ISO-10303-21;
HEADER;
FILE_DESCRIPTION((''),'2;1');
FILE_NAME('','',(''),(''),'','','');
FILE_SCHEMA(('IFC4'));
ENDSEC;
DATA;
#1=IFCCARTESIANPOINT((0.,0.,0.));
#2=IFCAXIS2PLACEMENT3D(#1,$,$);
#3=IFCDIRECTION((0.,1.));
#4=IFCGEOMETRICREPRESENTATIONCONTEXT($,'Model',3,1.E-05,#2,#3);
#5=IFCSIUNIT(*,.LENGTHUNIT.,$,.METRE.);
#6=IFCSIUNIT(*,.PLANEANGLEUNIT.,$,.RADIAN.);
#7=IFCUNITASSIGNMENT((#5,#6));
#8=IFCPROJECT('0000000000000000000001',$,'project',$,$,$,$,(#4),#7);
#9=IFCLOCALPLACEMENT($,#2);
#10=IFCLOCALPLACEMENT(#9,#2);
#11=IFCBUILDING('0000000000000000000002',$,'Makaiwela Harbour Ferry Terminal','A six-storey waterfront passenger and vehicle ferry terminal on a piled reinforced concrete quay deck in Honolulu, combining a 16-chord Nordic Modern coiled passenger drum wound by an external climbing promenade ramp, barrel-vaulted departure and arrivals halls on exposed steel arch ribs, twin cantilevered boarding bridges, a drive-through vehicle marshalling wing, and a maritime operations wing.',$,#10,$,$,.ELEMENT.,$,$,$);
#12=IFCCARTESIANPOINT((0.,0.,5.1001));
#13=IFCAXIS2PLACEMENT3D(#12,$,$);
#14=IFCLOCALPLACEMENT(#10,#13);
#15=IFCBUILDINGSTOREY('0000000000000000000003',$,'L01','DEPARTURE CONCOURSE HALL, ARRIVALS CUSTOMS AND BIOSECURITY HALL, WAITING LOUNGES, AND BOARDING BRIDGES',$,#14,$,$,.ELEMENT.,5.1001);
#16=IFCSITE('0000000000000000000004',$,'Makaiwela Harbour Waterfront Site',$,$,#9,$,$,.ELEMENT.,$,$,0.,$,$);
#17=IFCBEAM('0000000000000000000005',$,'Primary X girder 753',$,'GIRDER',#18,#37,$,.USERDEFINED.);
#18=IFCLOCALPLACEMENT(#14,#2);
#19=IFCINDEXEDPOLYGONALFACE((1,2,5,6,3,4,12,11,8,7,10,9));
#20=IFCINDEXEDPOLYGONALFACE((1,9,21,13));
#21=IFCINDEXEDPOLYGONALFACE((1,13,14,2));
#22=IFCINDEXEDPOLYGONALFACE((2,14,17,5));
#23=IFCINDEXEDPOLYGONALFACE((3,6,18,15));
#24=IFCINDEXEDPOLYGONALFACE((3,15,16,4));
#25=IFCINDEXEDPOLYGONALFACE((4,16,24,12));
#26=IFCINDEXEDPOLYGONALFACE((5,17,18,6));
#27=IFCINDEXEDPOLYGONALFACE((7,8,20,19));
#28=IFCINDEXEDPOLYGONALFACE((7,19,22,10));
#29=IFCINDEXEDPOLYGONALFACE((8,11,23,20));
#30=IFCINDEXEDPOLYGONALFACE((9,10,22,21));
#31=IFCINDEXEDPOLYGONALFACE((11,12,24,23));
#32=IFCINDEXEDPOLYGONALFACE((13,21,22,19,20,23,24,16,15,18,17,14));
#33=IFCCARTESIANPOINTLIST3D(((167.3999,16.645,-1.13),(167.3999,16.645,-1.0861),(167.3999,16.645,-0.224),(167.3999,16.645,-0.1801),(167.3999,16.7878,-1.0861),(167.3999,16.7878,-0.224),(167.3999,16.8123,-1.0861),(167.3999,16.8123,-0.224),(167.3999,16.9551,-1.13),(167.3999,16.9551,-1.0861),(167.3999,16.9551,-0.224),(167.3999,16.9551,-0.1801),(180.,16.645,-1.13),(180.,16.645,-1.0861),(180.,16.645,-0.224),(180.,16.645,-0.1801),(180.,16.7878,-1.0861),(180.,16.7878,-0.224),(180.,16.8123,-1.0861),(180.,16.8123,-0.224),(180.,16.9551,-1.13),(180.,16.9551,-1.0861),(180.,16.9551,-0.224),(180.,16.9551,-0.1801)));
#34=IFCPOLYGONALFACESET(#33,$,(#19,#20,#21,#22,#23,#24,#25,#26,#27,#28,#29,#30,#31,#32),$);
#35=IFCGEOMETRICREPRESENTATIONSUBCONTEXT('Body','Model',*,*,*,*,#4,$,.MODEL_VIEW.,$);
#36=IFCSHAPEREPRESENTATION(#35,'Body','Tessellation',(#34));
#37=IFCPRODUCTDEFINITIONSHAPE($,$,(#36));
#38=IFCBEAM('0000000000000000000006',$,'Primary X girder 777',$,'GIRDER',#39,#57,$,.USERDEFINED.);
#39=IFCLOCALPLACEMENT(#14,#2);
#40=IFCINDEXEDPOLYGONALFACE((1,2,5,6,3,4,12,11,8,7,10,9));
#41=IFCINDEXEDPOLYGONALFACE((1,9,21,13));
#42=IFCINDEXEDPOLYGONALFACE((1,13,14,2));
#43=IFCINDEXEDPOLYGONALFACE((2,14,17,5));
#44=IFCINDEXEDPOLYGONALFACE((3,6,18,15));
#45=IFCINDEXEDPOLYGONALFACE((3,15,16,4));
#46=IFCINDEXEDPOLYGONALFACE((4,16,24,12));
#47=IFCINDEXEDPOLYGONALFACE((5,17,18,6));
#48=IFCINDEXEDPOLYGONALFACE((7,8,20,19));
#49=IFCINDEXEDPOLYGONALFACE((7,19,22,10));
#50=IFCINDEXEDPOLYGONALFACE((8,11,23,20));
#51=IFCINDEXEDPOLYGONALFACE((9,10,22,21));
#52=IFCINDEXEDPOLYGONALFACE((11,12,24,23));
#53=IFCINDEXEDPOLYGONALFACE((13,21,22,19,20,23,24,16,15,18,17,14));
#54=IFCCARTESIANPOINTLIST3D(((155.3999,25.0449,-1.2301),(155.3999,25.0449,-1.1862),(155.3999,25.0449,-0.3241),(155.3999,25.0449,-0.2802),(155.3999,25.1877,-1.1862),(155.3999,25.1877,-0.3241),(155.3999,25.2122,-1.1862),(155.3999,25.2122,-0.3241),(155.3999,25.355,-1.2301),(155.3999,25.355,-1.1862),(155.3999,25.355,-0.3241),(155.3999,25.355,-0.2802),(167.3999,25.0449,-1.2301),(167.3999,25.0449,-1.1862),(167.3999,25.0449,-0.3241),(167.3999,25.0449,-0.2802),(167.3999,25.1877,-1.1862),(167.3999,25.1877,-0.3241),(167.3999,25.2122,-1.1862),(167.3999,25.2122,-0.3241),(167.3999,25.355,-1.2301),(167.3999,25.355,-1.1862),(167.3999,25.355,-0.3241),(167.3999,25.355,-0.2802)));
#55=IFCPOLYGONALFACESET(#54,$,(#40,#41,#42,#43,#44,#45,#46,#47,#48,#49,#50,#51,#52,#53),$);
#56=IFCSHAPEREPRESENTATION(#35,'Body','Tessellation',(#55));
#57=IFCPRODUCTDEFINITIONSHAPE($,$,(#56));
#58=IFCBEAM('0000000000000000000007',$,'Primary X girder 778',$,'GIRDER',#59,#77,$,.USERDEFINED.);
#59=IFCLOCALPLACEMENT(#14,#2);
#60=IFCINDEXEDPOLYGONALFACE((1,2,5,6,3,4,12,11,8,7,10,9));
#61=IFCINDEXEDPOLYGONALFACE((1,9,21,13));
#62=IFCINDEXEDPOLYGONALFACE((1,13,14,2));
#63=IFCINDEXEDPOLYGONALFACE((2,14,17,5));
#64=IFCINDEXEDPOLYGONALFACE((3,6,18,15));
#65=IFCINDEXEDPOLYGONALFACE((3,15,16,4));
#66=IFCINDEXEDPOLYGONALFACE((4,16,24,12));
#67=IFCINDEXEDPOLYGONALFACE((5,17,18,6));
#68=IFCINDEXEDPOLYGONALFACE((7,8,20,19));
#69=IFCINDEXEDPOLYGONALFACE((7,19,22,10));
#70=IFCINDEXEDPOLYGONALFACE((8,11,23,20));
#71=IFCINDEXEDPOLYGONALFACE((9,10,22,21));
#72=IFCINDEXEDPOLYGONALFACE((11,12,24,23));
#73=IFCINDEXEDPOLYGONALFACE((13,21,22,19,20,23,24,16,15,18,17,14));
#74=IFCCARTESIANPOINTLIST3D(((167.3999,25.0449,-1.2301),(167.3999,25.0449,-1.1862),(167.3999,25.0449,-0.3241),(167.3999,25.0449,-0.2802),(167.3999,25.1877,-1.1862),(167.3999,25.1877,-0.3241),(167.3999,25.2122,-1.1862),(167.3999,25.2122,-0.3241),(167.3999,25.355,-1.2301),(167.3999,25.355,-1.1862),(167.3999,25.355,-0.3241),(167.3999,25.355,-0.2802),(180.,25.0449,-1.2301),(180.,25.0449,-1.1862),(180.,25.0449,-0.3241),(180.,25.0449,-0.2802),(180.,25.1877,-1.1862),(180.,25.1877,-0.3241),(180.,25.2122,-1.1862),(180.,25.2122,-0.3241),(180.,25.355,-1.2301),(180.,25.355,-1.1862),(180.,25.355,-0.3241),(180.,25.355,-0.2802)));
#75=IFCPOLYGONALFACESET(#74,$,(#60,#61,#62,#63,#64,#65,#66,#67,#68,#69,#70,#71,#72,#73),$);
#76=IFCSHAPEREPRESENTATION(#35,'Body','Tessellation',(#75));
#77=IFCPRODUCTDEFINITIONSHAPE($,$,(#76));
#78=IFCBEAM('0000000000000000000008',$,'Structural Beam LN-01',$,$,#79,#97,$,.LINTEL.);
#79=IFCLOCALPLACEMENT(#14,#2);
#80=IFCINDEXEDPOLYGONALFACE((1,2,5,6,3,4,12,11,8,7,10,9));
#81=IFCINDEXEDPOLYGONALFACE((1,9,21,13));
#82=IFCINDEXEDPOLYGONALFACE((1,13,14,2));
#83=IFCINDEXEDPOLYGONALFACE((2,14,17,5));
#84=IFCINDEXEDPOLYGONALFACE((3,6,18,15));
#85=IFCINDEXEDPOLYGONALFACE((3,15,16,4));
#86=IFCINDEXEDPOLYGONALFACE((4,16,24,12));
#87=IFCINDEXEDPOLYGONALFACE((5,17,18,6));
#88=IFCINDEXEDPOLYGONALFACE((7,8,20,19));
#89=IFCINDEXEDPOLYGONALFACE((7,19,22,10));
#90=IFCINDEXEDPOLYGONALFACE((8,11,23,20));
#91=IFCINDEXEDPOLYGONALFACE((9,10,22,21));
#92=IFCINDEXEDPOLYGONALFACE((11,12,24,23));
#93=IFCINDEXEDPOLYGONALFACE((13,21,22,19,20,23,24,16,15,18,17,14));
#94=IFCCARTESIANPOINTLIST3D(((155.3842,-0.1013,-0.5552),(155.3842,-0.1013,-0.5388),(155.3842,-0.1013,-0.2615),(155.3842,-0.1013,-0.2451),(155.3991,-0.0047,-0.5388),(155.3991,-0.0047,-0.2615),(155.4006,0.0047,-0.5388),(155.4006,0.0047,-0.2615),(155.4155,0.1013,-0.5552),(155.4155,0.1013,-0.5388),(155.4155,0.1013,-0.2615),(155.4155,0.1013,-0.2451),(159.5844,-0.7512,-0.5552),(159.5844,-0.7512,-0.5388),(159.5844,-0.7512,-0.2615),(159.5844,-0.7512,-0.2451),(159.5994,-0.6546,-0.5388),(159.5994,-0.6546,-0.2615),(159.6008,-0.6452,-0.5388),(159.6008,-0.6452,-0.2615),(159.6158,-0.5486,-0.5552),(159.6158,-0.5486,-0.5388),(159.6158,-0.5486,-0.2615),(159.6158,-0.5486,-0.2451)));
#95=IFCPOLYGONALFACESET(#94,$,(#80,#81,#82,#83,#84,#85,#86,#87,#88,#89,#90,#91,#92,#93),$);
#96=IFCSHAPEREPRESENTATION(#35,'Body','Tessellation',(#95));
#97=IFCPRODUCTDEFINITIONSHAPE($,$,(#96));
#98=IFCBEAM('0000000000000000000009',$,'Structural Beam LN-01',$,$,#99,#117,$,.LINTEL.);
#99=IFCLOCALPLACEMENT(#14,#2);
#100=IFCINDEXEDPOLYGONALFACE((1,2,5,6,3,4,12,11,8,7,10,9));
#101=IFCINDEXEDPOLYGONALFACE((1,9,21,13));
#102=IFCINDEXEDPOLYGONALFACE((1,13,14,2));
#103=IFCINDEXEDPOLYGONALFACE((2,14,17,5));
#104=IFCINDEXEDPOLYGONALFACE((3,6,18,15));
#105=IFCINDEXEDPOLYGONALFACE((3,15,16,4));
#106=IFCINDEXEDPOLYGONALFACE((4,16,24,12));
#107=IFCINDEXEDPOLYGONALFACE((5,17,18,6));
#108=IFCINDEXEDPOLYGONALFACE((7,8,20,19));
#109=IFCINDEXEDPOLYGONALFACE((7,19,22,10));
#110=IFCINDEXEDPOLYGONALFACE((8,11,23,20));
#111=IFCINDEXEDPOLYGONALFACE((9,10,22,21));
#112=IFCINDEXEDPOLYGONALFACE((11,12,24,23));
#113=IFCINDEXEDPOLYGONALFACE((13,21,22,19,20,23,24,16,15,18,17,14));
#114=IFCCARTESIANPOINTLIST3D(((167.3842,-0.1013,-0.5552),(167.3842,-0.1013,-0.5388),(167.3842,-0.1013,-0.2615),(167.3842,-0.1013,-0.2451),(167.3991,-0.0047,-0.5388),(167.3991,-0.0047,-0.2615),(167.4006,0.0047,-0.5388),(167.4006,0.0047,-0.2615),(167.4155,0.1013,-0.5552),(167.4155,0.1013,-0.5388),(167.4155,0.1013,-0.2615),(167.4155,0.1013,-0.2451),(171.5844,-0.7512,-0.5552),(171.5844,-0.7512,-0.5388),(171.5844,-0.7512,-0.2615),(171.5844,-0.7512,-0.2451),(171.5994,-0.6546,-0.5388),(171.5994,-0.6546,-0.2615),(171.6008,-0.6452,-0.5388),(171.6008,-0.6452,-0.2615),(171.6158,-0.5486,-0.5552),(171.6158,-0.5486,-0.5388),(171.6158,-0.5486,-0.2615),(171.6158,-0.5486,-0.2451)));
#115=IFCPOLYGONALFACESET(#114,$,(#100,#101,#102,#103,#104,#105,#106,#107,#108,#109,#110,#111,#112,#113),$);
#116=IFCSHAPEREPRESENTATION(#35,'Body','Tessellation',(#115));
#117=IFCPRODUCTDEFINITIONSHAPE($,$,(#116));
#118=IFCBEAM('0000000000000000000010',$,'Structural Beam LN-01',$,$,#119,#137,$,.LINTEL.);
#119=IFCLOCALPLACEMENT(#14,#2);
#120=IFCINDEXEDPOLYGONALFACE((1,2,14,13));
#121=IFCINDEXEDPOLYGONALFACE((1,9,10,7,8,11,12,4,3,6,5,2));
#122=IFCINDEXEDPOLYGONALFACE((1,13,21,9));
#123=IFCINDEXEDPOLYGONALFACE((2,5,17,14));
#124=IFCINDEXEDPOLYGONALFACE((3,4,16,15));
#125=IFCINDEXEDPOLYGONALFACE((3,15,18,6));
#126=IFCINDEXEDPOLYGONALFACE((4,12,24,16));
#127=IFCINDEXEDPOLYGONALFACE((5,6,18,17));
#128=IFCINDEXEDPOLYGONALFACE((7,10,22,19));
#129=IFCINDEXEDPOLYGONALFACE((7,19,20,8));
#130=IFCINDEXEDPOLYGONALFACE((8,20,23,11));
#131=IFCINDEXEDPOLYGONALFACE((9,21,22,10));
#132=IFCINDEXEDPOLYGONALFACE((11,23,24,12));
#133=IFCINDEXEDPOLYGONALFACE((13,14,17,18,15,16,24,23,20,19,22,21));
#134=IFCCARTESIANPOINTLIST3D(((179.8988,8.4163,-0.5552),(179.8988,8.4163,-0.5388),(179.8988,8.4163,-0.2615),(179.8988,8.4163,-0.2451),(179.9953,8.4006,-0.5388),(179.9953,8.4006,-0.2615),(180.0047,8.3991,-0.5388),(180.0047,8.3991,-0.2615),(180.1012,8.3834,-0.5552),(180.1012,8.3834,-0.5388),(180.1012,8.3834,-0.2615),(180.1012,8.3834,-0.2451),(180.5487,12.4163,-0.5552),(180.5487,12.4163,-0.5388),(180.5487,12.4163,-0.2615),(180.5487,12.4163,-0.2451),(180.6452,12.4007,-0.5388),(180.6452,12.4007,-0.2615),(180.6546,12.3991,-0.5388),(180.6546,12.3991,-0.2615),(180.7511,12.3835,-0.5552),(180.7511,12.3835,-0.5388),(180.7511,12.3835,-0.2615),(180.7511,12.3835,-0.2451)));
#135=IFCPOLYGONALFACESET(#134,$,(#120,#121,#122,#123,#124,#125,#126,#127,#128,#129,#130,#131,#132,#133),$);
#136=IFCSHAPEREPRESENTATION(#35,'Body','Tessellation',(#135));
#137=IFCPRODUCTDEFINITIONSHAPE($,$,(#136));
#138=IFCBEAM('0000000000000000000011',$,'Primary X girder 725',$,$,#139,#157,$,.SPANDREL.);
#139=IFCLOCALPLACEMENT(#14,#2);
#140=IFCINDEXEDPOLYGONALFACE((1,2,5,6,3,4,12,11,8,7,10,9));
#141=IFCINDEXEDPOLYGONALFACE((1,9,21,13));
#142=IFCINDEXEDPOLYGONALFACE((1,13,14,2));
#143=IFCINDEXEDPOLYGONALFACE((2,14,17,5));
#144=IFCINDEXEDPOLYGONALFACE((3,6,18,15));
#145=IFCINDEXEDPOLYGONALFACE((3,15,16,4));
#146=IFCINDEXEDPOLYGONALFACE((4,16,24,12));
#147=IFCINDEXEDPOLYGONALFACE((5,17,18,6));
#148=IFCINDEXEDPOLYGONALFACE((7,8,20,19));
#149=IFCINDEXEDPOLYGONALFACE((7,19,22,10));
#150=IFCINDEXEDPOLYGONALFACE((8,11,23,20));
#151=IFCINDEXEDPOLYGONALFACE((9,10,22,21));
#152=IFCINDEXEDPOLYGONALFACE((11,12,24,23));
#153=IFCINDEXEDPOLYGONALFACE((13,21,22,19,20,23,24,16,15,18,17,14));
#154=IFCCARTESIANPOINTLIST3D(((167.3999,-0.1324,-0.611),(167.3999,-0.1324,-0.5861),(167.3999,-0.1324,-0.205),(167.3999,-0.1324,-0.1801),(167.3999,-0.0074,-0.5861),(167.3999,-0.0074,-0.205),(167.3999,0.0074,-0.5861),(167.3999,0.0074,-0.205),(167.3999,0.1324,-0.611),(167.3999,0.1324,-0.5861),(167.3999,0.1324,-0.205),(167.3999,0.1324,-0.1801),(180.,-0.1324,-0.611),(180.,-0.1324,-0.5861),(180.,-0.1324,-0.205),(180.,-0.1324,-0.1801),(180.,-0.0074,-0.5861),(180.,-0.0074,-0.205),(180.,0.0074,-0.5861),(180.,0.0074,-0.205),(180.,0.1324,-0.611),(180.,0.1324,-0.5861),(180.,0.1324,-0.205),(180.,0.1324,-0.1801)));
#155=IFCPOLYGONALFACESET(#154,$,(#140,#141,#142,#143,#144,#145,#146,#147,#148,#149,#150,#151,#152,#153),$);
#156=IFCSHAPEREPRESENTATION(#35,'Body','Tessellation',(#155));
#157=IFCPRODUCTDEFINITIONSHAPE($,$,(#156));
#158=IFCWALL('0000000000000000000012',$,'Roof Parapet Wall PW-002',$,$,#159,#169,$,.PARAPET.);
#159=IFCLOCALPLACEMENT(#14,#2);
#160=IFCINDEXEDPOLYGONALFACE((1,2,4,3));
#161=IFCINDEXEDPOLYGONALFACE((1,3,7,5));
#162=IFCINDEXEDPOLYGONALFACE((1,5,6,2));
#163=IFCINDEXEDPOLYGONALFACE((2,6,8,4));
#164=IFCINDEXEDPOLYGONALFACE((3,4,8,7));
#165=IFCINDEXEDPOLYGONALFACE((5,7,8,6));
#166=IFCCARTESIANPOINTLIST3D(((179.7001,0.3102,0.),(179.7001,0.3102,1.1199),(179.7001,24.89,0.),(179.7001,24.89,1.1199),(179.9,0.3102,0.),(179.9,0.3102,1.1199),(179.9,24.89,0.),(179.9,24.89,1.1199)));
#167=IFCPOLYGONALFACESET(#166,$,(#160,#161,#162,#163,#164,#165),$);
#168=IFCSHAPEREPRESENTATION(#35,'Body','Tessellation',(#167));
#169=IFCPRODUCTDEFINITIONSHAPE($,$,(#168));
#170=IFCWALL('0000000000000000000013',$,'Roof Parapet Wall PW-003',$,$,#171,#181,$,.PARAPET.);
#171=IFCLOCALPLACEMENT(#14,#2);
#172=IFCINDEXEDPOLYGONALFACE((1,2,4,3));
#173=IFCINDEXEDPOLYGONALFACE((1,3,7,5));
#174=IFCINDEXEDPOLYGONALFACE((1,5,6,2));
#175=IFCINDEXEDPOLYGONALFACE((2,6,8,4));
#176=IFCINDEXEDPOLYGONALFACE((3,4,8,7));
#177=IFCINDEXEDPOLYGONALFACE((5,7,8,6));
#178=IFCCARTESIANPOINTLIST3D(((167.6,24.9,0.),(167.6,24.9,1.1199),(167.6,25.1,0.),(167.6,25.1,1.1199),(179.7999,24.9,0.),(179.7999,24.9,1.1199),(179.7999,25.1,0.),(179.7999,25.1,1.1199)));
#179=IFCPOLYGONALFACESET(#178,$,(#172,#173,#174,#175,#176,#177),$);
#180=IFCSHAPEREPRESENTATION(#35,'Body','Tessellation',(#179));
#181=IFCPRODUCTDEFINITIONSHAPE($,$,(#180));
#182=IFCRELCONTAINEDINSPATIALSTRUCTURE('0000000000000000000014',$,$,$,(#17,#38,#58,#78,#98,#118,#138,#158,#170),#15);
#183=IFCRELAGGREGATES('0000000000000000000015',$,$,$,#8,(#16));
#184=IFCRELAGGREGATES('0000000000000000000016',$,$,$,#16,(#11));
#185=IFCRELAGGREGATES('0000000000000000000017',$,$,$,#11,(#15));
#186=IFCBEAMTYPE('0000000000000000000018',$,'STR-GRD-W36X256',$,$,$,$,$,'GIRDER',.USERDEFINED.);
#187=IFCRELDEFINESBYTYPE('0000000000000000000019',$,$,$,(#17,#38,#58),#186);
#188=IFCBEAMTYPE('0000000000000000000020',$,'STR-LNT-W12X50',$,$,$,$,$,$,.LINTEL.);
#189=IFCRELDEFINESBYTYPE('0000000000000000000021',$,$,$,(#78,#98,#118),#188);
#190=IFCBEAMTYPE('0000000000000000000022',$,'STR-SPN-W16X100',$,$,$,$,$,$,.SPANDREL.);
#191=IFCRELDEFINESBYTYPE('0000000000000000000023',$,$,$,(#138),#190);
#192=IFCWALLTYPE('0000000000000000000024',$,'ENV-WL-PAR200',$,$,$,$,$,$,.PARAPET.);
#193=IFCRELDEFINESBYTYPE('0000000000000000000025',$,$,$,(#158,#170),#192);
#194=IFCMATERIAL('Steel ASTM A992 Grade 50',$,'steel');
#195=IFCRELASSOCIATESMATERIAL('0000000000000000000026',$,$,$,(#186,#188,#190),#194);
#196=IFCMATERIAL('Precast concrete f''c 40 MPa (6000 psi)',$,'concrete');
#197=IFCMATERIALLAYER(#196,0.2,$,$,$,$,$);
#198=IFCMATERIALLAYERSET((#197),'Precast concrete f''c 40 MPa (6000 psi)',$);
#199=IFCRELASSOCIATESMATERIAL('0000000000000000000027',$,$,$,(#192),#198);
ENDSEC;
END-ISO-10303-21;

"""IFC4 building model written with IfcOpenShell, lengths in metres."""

from ifc_helpers import new_model, si_unit, direction, frame, frame_2d, origin, origin_2d, place, context, subcontext, project, spatial, rectangle, i_section, extrude, material, layer, layer_set, material_profile, profile_set, type_object, element, save


model = new_model("IFC4")

# Units and contexts
model_context = context("Model", 3, precision=1e-05, world=origin(), true_north=direction((0.0, 1.0)))
body_context = subcontext(model_context, "Body", "Model", "MODEL_VIEW")
ifc_project = project(units=[si_unit("LENGTHUNIT", "METRE"), si_unit("PLANEANGLEUNIT", "RADIAN")], contexts=[model_context])

# Site, building, storey
site_placement = place(None, origin())
site = spatial("IfcSite", under=ifc_project, at=site_placement, Name="Makaiwela Harbour Waterfront Site", CompositionType="ELEMENT", RefElevation=0.0)
building_placement = place(site_placement, origin())
building = spatial("IfcBuilding", under=site, at=building_placement, Name="Makaiwela Harbour Ferry Terminal", Description="A six-storey waterfront passenger and vehicle ferry terminal on a piled reinforced concrete quay deck in Honolulu, combining a 16-chord Nordic Modern coiled passenger drum wound by an external climbing promenade ramp, barrel-vaulted departure and arrivals halls on exposed steel arch ribs, twin cantilevered boarding bridges, a drive-through vehicle marshalling wing, and a maritime operations wing.", CompositionType="ELEMENT")
storey_placement = place(building_placement, frame((0.0, 0.0, 5.1001)))
storey = spatial("IfcBuildingStorey", under=building, at=storey_placement, Name="L01", Description="DEPARTURE CONCOURSE HALL, ARRIVALS CUSTOMS AND BIOSECURITY HALL, WAITING LOUNGES, AND BOARDING BRIDGES", CompositionType="ELEMENT", Elevation=5.1001)

# Shared definitions
ifc_material_1 = material(Name="Steel ASTM A992 Grade 50", Category="steel")

# Beams
ifc_material_profile_1 = material_profile(ifc_material_1, i_section(OverallWidth=0.3101, OverallDepth=0.95, WebThickness=0.0244, FlangeThickness=0.0439, at=origin_2d()), Name="W36X256")
ifc_profile_set_1 = profile_set([ifc_material_profile_1], Name="Steel ASTM A992 Grade 50")
beam_type_1 = type_object("IfcBeamType", Name="STR-GRD-W36X256", ElementType="GIRDER", PredefinedType="USERDEFINED", material=ifc_profile_set_1)
beam_1_placement = place(storey_placement, frame((167.3999, 16.8, -0.655), z_axis=(1.0, 0.0, 0.0), x_axis=(0.0, 1.0, 0.0)))
element("IfcBeam", 1, at=beam_1_placement, inside=storey, type_object=beam_type_1, Name="Primary X girder 753", ObjectType="GIRDER", PredefinedType="USERDEFINED", context=body_context, shape_type="SweptSolid", body=[
    extrude(i_section(OverallWidth=0.3101, OverallDepth=0.95, WebThickness=0.0244, FlangeThickness=0.0439, at=origin_2d()), origin(), (0.0, 0.0, 1.0), 12.6001),
])
beam_2_placement = place(storey_placement, frame((155.3999, 25.2, -0.7551), z_axis=(1.0, 0.0, 0.0), x_axis=(0.0, 1.0, 0.0)))
element("IfcBeam", 2, at=beam_2_placement, inside=storey, type_object=beam_type_1, Name="Primary X girder 777", ObjectType="GIRDER", PredefinedType="USERDEFINED", context=body_context, shape_type="SweptSolid", body=[
    extrude(i_section(OverallWidth=0.3101, OverallDepth=0.95, WebThickness=0.0244, FlangeThickness=0.0439, at=origin_2d()), origin(), (0.0, 0.0, 1.0), 12.0),
])
beam_3_placement = place(storey_placement, frame((167.3999, 25.2, -0.7551), z_axis=(1.0, 0.0, 0.0), x_axis=(0.0, 1.0, 0.0)))
element("IfcBeam", 3, at=beam_3_placement, inside=storey, type_object=beam_type_1, Name="Primary X girder 778", ObjectType="GIRDER", PredefinedType="USERDEFINED", context=body_context, shape_type="SweptSolid", body=[
    extrude(i_section(OverallWidth=0.3101, OverallDepth=0.95, WebThickness=0.0244, FlangeThickness=0.0439, at=origin_2d()), origin(), (0.0, 0.0, 1.0), 12.6001),
])
ifc_material_profile_2 = material_profile(ifc_material_1, i_section(OverallWidth=0.2051, OverallDepth=0.3101, WebThickness=0.0095, FlangeThickness=0.0164, at=origin_2d()), Name="W12X50")
ifc_profile_set_2 = profile_set([ifc_material_profile_2], Name="Steel ASTM A992 Grade 50")
beam_type_2 = type_object("IfcBeamType", Name="STR-LNT-W12X50", PredefinedType="LINTEL", material=ifc_profile_set_2)
for number, where, z_axis, x_axis, name in (
    (4, (159.6001, -0.6499, -0.4001), (-0.98824, 0.152912, 0.0), (-0.152912, -0.98824, 0.0), "Structural Beam LN-01"),
    (5, (171.6001, -0.6499, -0.4001), (-0.98824, 0.152912, 0.0), (-0.152912, -0.98824, 0.0), "Structural Beam LN-01"),
):
    element("IfcBeam", number, at=place(storey_placement, frame(where, z_axis=z_axis, x_axis=x_axis)), inside=storey, type_object=beam_type_2, Name=name, PredefinedType="LINTEL", context=body_context, shape_type="SweptSolid", body=[
        extrude(i_section(OverallWidth=0.2051, OverallDepth=0.3101, WebThickness=0.0095, FlangeThickness=0.0164, at=origin_2d()), origin(), (0.0, 0.0, 1.0), 4.2502),
    ])
beam_4_placement = place(storey_placement, frame((180.6499, 12.3999, -0.4001), z_axis=(-0.160373, -0.987057, 0.0), x_axis=(0.987057, -0.160373, 0.0)))
element("IfcBeam", 6, at=beam_4_placement, inside=storey, type_object=beam_type_2, Name="Structural Beam LN-01", PredefinedType="LINTEL", context=body_context, shape_type="SweptSolid", body=[
    extrude(i_section(OverallWidth=0.2051, OverallDepth=0.3101, WebThickness=0.0095, FlangeThickness=0.0164, at=origin_2d()), origin(), (0.0, 0.0, 1.0), 4.0525),
])
ifc_material_profile_3 = material_profile(ifc_material_1, i_section(OverallWidth=0.2649, OverallDepth=0.4309, WebThickness=0.0149, FlangeThickness=0.0249, at=origin_2d()), Name="W16X100")
ifc_profile_set_3 = profile_set([ifc_material_profile_3], Name="Steel ASTM A992 Grade 50")
beam_type_3 = type_object("IfcBeamType", Name="STR-SPN-W16X100", PredefinedType="SPANDREL", material=ifc_profile_set_3)
beam_5_placement = place(storey_placement, frame((167.3999, 0.0, -0.3955), z_axis=(1.0, 0.0, 0.0), x_axis=(0.0, 1.0, 0.0)))
element("IfcBeam", 7, at=beam_5_placement, inside=storey, type_object=beam_type_3, Name="Primary X girder 725", PredefinedType="SPANDREL", context=body_context, shape_type="SweptSolid", body=[
    extrude(i_section(OverallWidth=0.2649, OverallDepth=0.4309, WebThickness=0.0149, FlangeThickness=0.0249, at=origin_2d()), origin(), (0.0, 0.0, 1.0), 12.6001),
])

# Walls
ifc_material_2 = material(Name="Precast concrete f'c 40 MPa (6000 psi)", Category="concrete")
ifc_layer = layer(ifc_material_2, 0.2)
ifc_layer_set = layer_set([ifc_layer], Name="Precast concrete f'c 40 MPa (6000 psi)")
wall_type = type_object("IfcWallType", Name="ENV-WL-PAR200", PredefinedType="PARAPET", material=ifc_layer_set)
wall_1_placement = place(storey_placement, frame((179.8, 0.3101, 0.0), z_axis=(0.0, 0.0, 1.0), x_axis=(0.0, 1.0, 0.0)))
element("IfcWall", 8, at=wall_1_placement, inside=storey, type_object=wall_type, Name="Roof Parapet Wall PW-002", PredefinedType="PARAPET", context=body_context, shape_type="SweptSolid", body=[
    extrude(rectangle(XDim=24.5798, YDim=0.2, at=frame_2d((12.29, 0.0))), origin(), (0.0, 0.0, 1.0), 1.1199),
])
wall_2_placement = place(storey_placement, frame((179.8, 25.0, 0.0), z_axis=(0.0, 0.0, 1.0), x_axis=(-1.0, 0.0, 0.0)))
element("IfcWall", 9, at=wall_2_placement, inside=storey, type_object=wall_type, Name="Roof Parapet Wall PW-003", PredefinedType="PARAPET", context=body_context, shape_type="SweptSolid", body=[
    extrude(rectangle(XDim=12.2, YDim=0.2, at=frame_2d((6.1001, 0.0))), origin(), (0.0, 0.0, 1.0), 1.1199),
])

save(model, "model.ifc")
